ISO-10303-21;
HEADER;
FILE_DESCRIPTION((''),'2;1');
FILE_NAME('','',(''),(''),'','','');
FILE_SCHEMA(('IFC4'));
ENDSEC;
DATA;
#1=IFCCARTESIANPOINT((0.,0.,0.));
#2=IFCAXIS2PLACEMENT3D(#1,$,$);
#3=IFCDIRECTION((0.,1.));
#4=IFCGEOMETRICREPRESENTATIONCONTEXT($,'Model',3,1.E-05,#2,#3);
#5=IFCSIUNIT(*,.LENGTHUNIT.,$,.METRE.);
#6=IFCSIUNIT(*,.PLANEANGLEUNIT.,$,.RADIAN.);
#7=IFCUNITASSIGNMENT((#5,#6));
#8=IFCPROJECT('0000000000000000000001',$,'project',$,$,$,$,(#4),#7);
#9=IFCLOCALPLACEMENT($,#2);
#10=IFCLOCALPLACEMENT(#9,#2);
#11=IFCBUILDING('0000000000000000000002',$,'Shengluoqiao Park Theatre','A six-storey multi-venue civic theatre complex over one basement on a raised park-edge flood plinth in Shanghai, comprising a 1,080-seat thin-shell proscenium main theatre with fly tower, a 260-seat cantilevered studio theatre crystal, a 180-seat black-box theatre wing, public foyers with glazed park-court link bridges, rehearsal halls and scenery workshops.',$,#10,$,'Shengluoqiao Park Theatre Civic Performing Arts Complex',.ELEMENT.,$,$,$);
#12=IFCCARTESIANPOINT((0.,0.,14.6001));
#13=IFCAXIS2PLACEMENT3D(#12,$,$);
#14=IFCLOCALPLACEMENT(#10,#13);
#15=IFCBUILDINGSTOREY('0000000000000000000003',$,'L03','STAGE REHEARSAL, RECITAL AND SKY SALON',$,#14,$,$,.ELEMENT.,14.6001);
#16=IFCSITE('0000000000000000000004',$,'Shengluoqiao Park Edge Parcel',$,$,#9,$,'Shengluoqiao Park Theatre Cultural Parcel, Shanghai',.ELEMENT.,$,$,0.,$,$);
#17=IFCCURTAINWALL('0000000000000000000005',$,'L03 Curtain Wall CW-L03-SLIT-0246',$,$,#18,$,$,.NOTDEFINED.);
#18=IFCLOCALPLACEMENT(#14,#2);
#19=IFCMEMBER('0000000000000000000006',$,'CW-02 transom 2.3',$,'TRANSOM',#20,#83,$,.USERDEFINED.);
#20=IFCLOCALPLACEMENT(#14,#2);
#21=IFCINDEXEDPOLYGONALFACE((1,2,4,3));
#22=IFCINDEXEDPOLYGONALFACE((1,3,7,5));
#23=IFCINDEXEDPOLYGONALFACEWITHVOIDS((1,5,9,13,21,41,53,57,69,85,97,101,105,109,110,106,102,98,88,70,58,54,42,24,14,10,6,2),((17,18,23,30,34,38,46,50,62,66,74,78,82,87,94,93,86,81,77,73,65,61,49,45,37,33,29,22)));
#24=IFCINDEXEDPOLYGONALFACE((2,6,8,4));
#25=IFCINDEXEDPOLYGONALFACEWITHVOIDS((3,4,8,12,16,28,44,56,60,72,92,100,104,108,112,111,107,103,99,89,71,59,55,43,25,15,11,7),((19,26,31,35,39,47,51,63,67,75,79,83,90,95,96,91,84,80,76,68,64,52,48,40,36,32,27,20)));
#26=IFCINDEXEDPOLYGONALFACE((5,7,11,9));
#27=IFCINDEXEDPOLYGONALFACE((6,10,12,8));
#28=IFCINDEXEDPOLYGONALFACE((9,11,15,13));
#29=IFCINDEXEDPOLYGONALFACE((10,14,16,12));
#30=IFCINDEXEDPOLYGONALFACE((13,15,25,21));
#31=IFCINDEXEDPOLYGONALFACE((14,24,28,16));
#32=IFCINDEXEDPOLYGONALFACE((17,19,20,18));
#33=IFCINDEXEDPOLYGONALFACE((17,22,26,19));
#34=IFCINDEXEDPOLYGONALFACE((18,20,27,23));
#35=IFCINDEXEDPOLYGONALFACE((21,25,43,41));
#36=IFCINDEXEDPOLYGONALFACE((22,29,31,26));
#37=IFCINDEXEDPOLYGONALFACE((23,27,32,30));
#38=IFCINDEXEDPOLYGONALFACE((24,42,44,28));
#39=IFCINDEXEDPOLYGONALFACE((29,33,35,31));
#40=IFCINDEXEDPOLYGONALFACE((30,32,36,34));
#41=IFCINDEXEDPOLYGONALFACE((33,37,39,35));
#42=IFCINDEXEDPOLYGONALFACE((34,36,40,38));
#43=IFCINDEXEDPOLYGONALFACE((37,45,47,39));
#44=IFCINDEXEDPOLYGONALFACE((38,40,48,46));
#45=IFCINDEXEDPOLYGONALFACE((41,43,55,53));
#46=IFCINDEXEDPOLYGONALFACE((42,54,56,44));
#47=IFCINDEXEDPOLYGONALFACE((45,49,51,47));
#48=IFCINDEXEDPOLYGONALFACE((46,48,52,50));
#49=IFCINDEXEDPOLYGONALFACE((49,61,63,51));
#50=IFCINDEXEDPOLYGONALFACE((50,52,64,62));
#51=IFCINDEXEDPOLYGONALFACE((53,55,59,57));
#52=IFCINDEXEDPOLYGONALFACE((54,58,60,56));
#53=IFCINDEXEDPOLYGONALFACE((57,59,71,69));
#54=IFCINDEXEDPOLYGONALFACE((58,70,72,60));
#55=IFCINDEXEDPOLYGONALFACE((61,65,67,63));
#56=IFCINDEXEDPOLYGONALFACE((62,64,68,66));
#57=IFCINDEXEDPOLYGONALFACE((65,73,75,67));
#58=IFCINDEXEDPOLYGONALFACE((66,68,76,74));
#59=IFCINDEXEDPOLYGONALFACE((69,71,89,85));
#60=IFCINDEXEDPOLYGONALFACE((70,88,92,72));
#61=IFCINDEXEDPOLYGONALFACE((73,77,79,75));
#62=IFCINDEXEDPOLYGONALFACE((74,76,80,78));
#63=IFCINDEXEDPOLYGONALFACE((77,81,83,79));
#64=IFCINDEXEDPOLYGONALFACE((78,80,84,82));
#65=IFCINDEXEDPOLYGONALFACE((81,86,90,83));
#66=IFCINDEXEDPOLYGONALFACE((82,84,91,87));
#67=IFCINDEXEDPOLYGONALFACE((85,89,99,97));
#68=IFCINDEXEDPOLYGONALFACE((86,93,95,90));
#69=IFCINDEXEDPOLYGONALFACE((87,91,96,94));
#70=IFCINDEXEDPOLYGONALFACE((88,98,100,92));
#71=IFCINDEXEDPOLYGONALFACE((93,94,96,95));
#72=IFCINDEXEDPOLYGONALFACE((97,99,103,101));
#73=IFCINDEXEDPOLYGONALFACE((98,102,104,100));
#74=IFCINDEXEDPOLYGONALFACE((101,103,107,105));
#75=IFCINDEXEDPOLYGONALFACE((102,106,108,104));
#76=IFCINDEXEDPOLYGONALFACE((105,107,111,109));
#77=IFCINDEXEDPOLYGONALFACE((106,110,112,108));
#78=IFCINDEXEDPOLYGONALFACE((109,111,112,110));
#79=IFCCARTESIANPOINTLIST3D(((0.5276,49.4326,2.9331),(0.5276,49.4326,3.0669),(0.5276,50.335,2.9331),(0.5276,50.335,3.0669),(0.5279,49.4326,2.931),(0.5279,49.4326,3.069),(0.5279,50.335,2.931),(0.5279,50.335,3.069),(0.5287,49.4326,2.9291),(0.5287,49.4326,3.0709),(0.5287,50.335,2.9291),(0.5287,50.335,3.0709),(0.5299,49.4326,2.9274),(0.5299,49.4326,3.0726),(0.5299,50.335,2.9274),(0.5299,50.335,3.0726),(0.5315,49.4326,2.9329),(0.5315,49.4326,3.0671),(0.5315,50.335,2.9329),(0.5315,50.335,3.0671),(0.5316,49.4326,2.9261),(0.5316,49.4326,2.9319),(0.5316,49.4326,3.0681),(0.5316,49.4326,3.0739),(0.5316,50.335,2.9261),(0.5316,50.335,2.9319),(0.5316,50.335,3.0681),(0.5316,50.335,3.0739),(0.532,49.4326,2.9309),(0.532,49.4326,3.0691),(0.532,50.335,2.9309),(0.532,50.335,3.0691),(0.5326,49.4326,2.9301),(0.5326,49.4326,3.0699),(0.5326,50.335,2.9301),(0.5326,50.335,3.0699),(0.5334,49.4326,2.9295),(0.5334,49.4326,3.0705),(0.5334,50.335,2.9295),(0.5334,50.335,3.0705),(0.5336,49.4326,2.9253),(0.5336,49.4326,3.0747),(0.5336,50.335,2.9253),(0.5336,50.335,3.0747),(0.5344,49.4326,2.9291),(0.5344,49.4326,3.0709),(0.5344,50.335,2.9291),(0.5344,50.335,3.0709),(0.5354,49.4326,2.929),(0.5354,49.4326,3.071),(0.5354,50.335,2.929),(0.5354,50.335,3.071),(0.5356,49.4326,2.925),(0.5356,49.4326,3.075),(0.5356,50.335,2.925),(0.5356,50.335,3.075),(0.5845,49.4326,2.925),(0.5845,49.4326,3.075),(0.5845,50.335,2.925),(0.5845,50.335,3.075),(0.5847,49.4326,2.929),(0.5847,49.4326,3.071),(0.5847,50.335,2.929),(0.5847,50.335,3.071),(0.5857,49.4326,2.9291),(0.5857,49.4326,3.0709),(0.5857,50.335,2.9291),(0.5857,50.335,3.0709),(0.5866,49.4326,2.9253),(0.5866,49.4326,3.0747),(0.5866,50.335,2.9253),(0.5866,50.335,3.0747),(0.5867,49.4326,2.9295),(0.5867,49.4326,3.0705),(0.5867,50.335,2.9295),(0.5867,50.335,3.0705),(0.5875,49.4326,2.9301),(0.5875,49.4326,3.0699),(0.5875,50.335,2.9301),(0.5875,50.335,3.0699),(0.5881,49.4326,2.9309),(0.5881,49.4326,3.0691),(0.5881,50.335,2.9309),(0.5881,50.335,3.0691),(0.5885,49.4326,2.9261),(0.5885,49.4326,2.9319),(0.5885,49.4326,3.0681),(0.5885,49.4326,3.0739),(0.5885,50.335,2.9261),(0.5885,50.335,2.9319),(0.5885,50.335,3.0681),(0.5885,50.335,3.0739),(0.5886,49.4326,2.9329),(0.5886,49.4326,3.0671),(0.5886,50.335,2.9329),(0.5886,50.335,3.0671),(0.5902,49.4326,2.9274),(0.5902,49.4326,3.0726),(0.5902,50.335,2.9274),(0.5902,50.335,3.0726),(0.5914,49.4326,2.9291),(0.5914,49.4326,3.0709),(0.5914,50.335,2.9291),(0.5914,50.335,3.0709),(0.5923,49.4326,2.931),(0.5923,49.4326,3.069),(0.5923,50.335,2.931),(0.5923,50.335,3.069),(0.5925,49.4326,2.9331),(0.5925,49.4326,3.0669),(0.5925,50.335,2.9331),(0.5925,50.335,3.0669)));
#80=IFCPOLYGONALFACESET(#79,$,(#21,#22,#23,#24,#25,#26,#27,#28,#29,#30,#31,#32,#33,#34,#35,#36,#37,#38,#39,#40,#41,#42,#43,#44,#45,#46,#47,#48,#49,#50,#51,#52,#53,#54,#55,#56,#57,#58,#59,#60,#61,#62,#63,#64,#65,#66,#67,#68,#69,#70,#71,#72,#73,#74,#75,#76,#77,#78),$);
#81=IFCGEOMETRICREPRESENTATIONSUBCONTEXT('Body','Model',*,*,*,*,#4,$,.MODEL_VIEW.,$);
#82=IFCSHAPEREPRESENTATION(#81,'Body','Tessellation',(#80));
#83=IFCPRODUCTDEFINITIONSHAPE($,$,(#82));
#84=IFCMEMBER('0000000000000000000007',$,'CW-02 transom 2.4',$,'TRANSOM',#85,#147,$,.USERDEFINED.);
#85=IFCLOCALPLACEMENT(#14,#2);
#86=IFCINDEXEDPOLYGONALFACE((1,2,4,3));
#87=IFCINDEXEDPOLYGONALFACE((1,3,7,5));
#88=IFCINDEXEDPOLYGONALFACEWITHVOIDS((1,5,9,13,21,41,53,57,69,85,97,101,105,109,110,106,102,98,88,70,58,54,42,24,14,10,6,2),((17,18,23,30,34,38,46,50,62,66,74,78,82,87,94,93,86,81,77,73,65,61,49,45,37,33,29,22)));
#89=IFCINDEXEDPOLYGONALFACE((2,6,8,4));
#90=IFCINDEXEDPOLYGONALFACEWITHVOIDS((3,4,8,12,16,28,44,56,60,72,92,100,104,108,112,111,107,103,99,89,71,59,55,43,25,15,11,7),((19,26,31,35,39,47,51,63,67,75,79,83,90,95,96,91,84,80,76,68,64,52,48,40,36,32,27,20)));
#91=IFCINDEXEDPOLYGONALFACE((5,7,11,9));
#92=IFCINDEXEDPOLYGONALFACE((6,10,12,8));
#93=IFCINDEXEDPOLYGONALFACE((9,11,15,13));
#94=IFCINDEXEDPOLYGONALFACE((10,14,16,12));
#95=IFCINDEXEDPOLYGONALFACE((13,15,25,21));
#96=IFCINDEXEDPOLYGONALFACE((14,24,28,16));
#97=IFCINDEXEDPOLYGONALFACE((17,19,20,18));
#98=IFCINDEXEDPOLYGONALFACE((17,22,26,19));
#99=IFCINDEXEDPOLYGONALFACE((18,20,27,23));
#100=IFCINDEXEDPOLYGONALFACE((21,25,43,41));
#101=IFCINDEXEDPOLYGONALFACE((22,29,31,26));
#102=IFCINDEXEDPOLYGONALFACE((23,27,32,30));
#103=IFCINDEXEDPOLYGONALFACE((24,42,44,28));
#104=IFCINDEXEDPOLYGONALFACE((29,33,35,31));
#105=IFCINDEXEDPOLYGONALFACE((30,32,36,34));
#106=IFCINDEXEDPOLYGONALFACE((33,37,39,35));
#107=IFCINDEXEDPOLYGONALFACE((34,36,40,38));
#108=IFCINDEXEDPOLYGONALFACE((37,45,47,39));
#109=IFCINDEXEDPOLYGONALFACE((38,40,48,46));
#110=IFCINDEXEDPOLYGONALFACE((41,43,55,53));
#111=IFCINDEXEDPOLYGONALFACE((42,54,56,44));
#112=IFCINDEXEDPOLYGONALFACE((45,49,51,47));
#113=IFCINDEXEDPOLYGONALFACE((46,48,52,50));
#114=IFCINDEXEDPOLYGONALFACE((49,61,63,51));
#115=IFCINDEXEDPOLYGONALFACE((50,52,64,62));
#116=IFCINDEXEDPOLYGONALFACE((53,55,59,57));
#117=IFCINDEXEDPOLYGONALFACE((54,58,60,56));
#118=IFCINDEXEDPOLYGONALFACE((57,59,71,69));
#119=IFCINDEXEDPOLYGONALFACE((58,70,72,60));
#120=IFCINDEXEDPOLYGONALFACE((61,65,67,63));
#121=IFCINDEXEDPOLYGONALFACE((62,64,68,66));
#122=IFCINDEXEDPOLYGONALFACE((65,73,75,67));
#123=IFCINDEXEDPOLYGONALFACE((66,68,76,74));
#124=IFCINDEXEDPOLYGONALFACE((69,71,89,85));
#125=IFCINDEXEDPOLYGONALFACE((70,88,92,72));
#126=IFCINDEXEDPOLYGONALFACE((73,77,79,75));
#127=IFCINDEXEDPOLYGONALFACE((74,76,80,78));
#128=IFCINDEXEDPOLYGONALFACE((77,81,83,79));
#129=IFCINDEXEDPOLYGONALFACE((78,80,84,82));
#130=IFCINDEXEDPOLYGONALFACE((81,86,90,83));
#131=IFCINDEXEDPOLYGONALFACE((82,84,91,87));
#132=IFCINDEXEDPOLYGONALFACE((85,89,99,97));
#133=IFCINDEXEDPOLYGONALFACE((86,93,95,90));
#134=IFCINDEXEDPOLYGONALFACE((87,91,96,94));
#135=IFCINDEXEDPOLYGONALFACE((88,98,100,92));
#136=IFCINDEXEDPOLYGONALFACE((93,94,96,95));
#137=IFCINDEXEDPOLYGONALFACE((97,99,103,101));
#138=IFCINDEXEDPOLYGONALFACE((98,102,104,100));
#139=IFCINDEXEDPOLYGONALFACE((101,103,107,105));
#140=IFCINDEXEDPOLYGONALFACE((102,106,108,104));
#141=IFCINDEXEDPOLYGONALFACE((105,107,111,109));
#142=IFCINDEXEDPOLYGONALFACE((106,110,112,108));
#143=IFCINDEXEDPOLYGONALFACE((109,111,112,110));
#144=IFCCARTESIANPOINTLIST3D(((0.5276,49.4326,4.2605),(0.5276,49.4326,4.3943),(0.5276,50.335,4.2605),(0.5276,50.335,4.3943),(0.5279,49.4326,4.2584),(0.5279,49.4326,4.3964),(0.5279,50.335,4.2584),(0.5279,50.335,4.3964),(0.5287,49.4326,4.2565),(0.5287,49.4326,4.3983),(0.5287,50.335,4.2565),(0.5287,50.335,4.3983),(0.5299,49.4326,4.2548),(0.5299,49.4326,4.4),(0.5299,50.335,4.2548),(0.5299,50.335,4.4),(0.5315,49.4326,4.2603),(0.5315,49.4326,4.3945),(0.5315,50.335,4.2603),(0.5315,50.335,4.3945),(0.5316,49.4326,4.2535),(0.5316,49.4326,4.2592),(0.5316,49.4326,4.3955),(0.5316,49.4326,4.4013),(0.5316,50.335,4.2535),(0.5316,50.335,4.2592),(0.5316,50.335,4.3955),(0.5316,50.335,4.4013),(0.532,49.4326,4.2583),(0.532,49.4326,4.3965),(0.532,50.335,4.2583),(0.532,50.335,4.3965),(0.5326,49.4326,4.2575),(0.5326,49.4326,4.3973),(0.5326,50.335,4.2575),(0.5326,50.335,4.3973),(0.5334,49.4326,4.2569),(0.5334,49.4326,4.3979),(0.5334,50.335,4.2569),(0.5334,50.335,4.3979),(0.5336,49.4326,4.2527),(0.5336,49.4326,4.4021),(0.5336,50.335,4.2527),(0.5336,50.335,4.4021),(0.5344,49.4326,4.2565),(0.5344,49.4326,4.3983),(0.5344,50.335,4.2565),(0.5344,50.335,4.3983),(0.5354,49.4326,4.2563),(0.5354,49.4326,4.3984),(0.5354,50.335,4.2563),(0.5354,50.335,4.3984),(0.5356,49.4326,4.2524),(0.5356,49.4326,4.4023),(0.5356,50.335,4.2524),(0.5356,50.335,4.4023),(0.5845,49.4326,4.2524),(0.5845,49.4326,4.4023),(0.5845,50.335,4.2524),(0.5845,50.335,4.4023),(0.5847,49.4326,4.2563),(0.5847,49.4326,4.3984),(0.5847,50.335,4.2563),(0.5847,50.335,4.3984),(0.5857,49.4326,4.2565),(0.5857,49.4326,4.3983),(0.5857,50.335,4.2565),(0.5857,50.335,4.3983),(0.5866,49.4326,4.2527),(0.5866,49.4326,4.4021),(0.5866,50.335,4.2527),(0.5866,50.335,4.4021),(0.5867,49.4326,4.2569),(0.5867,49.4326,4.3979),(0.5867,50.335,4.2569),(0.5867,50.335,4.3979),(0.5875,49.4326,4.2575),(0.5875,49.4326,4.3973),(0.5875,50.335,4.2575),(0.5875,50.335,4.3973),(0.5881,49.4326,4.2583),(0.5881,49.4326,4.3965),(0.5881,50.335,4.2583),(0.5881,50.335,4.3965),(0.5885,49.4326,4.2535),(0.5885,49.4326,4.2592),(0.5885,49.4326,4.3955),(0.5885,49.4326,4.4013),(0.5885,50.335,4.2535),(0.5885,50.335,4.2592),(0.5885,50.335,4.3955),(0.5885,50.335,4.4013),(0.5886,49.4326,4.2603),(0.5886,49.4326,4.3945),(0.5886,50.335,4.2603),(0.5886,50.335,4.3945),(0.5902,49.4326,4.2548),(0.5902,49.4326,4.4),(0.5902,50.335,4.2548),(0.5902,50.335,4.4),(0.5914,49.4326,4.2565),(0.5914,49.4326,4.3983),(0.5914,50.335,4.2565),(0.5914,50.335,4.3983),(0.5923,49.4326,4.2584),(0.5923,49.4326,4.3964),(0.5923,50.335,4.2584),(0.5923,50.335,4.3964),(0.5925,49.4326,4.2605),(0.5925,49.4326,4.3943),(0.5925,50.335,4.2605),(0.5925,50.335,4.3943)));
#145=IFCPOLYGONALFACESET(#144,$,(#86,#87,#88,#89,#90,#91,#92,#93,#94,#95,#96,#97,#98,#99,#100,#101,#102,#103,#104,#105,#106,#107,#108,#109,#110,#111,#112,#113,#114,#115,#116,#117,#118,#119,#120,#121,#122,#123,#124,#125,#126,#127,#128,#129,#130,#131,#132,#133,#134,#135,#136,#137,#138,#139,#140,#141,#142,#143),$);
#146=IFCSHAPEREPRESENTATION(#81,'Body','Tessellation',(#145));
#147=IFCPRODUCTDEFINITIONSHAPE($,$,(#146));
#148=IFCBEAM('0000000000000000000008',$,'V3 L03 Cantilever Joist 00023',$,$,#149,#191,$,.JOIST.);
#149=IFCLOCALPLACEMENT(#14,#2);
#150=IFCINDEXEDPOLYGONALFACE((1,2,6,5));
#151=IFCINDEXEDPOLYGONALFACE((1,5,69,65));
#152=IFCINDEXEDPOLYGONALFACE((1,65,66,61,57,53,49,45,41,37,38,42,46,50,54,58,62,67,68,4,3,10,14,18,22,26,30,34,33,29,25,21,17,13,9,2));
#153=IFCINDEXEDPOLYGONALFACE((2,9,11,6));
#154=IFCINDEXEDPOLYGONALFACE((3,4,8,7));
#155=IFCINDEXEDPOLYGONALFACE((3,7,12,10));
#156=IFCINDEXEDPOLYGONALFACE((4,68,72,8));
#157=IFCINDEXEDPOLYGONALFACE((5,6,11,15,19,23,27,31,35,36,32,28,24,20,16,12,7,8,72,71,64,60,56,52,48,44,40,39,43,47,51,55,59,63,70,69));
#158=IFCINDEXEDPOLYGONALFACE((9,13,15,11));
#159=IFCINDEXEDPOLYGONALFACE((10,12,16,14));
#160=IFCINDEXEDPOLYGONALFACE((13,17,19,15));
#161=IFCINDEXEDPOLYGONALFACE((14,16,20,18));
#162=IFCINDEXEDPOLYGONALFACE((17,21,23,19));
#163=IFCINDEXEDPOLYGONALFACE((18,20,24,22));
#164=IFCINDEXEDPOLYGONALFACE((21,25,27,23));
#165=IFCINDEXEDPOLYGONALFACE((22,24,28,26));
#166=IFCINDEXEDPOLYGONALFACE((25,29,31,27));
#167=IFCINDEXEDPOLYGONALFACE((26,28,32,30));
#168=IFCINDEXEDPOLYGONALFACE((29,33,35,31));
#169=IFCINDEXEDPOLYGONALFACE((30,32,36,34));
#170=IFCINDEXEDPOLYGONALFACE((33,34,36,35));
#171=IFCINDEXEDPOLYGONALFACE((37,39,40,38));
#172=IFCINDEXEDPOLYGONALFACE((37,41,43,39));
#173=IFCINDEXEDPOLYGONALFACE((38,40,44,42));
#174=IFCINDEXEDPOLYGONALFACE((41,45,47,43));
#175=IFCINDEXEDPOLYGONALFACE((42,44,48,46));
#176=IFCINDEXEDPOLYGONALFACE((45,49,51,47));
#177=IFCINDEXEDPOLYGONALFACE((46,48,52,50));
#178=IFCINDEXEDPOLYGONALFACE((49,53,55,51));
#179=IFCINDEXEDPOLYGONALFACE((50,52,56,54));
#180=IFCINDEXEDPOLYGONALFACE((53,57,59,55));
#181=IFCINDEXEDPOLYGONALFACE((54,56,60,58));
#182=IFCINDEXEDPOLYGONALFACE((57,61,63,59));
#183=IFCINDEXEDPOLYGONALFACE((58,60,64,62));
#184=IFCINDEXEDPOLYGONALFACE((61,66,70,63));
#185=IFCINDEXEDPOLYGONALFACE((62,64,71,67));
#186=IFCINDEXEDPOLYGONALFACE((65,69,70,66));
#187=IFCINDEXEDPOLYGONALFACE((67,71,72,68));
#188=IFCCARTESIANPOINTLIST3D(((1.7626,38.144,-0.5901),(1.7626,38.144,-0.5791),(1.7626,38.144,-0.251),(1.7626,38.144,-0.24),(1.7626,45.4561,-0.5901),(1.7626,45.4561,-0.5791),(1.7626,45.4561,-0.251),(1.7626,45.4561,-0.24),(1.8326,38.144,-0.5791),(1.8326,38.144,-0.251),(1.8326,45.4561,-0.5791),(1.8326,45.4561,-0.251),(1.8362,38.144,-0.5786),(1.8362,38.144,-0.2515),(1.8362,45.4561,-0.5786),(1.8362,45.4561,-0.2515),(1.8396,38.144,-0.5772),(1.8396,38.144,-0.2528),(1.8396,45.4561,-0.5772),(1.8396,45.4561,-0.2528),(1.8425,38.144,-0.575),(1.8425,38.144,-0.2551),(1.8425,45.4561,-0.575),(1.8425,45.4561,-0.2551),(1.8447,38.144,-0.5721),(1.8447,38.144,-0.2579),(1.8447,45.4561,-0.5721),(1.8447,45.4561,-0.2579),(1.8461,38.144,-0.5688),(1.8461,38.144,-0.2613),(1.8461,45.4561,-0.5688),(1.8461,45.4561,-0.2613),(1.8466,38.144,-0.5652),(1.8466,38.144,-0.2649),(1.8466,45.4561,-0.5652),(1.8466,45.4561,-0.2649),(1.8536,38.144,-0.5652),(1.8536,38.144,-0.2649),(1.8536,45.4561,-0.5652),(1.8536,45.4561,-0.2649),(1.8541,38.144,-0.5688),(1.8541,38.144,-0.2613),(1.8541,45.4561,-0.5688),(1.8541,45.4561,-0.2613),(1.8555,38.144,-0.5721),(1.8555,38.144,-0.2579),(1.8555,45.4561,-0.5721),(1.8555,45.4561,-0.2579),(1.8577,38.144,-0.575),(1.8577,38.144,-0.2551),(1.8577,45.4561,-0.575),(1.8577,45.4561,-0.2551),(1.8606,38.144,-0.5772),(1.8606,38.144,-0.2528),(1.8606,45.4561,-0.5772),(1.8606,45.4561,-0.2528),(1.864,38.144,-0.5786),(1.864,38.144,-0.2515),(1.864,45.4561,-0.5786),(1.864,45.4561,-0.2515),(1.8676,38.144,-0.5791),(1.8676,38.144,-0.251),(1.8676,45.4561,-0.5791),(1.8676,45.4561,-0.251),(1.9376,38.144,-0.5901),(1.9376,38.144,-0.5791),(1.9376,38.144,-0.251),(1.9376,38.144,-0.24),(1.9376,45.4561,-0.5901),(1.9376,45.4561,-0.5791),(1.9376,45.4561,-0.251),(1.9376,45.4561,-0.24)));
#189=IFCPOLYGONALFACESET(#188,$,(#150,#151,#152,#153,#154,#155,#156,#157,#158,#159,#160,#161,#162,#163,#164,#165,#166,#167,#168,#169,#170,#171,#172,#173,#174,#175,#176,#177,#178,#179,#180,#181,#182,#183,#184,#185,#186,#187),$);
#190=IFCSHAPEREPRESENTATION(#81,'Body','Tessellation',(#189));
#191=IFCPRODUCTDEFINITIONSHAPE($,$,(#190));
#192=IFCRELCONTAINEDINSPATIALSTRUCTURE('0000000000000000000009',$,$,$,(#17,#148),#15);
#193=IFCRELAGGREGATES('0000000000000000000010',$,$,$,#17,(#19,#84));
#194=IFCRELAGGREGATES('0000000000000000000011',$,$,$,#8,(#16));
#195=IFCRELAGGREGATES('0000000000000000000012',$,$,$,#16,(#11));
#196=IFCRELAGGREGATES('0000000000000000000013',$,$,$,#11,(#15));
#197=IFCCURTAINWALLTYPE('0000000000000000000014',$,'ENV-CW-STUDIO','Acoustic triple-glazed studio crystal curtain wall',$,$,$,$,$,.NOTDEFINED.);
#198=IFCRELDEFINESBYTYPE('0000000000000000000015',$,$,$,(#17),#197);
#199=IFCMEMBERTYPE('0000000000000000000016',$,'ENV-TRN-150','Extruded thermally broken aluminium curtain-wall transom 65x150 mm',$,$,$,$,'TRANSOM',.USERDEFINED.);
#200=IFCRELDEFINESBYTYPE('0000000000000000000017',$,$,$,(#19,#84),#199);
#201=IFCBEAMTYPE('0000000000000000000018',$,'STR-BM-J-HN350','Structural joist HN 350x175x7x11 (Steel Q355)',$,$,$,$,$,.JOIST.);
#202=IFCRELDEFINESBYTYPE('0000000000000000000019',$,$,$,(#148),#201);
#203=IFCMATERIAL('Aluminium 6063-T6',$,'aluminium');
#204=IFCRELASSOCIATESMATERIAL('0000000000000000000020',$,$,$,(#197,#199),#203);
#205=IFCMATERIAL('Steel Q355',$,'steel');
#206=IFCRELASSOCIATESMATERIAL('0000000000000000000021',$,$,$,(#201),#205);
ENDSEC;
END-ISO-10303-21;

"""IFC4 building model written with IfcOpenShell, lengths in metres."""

from ifc_helpers import new_model, si_unit, direction, frame, origin, origin_2d, place, context, subcontext, project, spatial, hollow_rectangle, i_section, extrude, material, material_profile, profile_set, type_object, element, aggregate, save


model = new_model("IFC4")

# Units and contexts
model_context = context("Model", 3, precision=1e-05, world=origin(), true_north=direction((0.0, 1.0)))
body_context = subcontext(model_context, "Body", "Model", "MODEL_VIEW")
ifc_project = project(units=[si_unit("LENGTHUNIT", "METRE"), si_unit("PLANEANGLEUNIT", "RADIAN")], contexts=[model_context])

# Site, building, storey
site_placement = place(None, origin())
site = spatial("IfcSite", under=ifc_project, at=site_placement, Name="Shengluoqiao Park Edge Parcel", LongName="Shengluoqiao Park Theatre Cultural Parcel, Shanghai", CompositionType="ELEMENT", RefElevation=0.0)
building_placement = place(site_placement, origin())
building = spatial("IfcBuilding", under=site, at=building_placement, Name="Shengluoqiao Park Theatre", Description="A six-storey multi-venue civic theatre complex over one basement on a raised park-edge flood plinth in Shanghai, comprising a 1,080-seat thin-shell proscenium main theatre with fly tower, a 260-seat cantilevered studio theatre crystal, a 180-seat black-box theatre wing, public foyers with glazed park-court link bridges, rehearsal halls and scenery workshops.", LongName="Shengluoqiao Park Theatre Civic Performing Arts Complex", CompositionType="ELEMENT")
storey_placement = place(building_placement, frame((0.0, 0.0, 14.6001)))
storey = spatial("IfcBuildingStorey", under=building, at=storey_placement, Name="L03", Description="STAGE REHEARSAL, RECITAL AND SKY SALON", CompositionType="ELEMENT", Elevation=14.6001)

# Shared definitions
ifc_material_1 = material(Name="Aluminium 6063-T6", Category="aluminium")
curtain_wall_type = type_object("IfcCurtainWallType", Name="ENV-CW-STUDIO", Description="Acoustic triple-glazed studio crystal curtain wall", PredefinedType="NOTDEFINED", material=ifc_material_1)

# Curtain wall, members
curtain_wall_1_placement = place(storey_placement, origin())
curtain_wall_1 = element("IfcCurtainWall", 1, at=curtain_wall_1_placement, inside=storey, type_object=curtain_wall_type, Name="L03 Curtain Wall CW-L03-SLIT-0246", PredefinedType="NOTDEFINED")
ifc_material_profile_1 = material_profile(ifc_material_1, hollow_rectangle(XDim=0.0649, YDim=0.1499, WallThickness=0.0039, InnerFilletRadius=0.0039, OuterFilletRadius=0.0081, at=origin_2d()), Name="ALU TRANSOM 150x65x4")
ifc_profile_set_1 = profile_set([ifc_material_profile_1], Name="Aluminium 6063-T6")
member_type_1 = type_object("IfcMemberType", Name="ENV-TRN-150", Description="Extruded thermally broken aluminium curtain-wall transom 65x150 mm", ElementType="TRANSOM", PredefinedType="USERDEFINED", material=ifc_profile_set_1)
member_1_placement = place(storey_placement, frame((0.5601, 49.4326, 3.0), z_axis=(0.0, 1.0, 0.0), x_axis=(-1.0, 0.0, 0.0)))
member_1 = element("IfcMember", 2, at=member_1_placement, type_object=member_type_1, Name="CW-02 transom 2.3", ObjectType="TRANSOM", PredefinedType="USERDEFINED", context=body_context, shape_type="SweptSolid", body=[
    extrude(hollow_rectangle(XDim=0.0649, YDim=0.1499, WallThickness=0.0039, InnerFilletRadius=0.0039, OuterFilletRadius=0.0081, at=origin_2d()), origin(), (0.0, 0.0, 1.0), 0.9023),
])
member_2_placement = place(storey_placement, frame((0.5601, 49.4326, 4.3274), z_axis=(0.0, 1.0, 0.0), x_axis=(-1.0, 0.0, 0.0)))
member_2 = element("IfcMember", 3, at=member_2_placement, type_object=member_type_1, Name="CW-02 transom 2.4", ObjectType="TRANSOM", PredefinedType="USERDEFINED", context=body_context, shape_type="SweptSolid", body=[
    extrude(hollow_rectangle(XDim=0.0649, YDim=0.1499, WallThickness=0.0039, InnerFilletRadius=0.0039, OuterFilletRadius=0.0081, at=origin_2d()), origin(), (0.0, 0.0, 1.0), 0.9023),
])

# Beam
ifc_material_2 = material(Name="Steel Q355", Category="steel")
ifc_material_profile_2 = material_profile(ifc_material_2, i_section(OverallWidth=0.175, OverallDepth=0.3501, WebThickness=0.0071, FlangeThickness=0.011, FilletRadius=0.0139, at=origin_2d()), Name="HN 350x175x7x11")
ifc_profile_set_2 = profile_set([ifc_material_profile_2], Name="Steel Q355")
beam_type_1 = type_object("IfcBeamType", Name="STR-BM-J-HN350", Description="Structural joist HN 350x175x7x11 (Steel Q355)", PredefinedType="JOIST", material=ifc_profile_set_2)
for number, where, z_axis, x_axis, name in (
    (4, (1.8501, 38.144, -0.415), (0.0, 1.0, 0.0), (-1.0, 0.0, 0.0), "V3 L03 Cantilever Joist 00023"),
):
    element("IfcBeam", number, at=place(storey_placement, frame(where, z_axis=z_axis, x_axis=x_axis)), inside=storey, type_object=beam_type_1, Name=name, PredefinedType="JOIST", context=body_context, shape_type="SweptSolid", body=[
        extrude(i_section(OverallWidth=0.175, OverallDepth=0.3501, WebThickness=0.0071, FlangeThickness=0.011, FilletRadius=0.0139, at=origin_2d()), origin(), (0.0, 0.0, 1.0), 7.312),
    ])

aggregate(curtain_wall_1, [member_1, member_2])

save(model, "model.ifc")
